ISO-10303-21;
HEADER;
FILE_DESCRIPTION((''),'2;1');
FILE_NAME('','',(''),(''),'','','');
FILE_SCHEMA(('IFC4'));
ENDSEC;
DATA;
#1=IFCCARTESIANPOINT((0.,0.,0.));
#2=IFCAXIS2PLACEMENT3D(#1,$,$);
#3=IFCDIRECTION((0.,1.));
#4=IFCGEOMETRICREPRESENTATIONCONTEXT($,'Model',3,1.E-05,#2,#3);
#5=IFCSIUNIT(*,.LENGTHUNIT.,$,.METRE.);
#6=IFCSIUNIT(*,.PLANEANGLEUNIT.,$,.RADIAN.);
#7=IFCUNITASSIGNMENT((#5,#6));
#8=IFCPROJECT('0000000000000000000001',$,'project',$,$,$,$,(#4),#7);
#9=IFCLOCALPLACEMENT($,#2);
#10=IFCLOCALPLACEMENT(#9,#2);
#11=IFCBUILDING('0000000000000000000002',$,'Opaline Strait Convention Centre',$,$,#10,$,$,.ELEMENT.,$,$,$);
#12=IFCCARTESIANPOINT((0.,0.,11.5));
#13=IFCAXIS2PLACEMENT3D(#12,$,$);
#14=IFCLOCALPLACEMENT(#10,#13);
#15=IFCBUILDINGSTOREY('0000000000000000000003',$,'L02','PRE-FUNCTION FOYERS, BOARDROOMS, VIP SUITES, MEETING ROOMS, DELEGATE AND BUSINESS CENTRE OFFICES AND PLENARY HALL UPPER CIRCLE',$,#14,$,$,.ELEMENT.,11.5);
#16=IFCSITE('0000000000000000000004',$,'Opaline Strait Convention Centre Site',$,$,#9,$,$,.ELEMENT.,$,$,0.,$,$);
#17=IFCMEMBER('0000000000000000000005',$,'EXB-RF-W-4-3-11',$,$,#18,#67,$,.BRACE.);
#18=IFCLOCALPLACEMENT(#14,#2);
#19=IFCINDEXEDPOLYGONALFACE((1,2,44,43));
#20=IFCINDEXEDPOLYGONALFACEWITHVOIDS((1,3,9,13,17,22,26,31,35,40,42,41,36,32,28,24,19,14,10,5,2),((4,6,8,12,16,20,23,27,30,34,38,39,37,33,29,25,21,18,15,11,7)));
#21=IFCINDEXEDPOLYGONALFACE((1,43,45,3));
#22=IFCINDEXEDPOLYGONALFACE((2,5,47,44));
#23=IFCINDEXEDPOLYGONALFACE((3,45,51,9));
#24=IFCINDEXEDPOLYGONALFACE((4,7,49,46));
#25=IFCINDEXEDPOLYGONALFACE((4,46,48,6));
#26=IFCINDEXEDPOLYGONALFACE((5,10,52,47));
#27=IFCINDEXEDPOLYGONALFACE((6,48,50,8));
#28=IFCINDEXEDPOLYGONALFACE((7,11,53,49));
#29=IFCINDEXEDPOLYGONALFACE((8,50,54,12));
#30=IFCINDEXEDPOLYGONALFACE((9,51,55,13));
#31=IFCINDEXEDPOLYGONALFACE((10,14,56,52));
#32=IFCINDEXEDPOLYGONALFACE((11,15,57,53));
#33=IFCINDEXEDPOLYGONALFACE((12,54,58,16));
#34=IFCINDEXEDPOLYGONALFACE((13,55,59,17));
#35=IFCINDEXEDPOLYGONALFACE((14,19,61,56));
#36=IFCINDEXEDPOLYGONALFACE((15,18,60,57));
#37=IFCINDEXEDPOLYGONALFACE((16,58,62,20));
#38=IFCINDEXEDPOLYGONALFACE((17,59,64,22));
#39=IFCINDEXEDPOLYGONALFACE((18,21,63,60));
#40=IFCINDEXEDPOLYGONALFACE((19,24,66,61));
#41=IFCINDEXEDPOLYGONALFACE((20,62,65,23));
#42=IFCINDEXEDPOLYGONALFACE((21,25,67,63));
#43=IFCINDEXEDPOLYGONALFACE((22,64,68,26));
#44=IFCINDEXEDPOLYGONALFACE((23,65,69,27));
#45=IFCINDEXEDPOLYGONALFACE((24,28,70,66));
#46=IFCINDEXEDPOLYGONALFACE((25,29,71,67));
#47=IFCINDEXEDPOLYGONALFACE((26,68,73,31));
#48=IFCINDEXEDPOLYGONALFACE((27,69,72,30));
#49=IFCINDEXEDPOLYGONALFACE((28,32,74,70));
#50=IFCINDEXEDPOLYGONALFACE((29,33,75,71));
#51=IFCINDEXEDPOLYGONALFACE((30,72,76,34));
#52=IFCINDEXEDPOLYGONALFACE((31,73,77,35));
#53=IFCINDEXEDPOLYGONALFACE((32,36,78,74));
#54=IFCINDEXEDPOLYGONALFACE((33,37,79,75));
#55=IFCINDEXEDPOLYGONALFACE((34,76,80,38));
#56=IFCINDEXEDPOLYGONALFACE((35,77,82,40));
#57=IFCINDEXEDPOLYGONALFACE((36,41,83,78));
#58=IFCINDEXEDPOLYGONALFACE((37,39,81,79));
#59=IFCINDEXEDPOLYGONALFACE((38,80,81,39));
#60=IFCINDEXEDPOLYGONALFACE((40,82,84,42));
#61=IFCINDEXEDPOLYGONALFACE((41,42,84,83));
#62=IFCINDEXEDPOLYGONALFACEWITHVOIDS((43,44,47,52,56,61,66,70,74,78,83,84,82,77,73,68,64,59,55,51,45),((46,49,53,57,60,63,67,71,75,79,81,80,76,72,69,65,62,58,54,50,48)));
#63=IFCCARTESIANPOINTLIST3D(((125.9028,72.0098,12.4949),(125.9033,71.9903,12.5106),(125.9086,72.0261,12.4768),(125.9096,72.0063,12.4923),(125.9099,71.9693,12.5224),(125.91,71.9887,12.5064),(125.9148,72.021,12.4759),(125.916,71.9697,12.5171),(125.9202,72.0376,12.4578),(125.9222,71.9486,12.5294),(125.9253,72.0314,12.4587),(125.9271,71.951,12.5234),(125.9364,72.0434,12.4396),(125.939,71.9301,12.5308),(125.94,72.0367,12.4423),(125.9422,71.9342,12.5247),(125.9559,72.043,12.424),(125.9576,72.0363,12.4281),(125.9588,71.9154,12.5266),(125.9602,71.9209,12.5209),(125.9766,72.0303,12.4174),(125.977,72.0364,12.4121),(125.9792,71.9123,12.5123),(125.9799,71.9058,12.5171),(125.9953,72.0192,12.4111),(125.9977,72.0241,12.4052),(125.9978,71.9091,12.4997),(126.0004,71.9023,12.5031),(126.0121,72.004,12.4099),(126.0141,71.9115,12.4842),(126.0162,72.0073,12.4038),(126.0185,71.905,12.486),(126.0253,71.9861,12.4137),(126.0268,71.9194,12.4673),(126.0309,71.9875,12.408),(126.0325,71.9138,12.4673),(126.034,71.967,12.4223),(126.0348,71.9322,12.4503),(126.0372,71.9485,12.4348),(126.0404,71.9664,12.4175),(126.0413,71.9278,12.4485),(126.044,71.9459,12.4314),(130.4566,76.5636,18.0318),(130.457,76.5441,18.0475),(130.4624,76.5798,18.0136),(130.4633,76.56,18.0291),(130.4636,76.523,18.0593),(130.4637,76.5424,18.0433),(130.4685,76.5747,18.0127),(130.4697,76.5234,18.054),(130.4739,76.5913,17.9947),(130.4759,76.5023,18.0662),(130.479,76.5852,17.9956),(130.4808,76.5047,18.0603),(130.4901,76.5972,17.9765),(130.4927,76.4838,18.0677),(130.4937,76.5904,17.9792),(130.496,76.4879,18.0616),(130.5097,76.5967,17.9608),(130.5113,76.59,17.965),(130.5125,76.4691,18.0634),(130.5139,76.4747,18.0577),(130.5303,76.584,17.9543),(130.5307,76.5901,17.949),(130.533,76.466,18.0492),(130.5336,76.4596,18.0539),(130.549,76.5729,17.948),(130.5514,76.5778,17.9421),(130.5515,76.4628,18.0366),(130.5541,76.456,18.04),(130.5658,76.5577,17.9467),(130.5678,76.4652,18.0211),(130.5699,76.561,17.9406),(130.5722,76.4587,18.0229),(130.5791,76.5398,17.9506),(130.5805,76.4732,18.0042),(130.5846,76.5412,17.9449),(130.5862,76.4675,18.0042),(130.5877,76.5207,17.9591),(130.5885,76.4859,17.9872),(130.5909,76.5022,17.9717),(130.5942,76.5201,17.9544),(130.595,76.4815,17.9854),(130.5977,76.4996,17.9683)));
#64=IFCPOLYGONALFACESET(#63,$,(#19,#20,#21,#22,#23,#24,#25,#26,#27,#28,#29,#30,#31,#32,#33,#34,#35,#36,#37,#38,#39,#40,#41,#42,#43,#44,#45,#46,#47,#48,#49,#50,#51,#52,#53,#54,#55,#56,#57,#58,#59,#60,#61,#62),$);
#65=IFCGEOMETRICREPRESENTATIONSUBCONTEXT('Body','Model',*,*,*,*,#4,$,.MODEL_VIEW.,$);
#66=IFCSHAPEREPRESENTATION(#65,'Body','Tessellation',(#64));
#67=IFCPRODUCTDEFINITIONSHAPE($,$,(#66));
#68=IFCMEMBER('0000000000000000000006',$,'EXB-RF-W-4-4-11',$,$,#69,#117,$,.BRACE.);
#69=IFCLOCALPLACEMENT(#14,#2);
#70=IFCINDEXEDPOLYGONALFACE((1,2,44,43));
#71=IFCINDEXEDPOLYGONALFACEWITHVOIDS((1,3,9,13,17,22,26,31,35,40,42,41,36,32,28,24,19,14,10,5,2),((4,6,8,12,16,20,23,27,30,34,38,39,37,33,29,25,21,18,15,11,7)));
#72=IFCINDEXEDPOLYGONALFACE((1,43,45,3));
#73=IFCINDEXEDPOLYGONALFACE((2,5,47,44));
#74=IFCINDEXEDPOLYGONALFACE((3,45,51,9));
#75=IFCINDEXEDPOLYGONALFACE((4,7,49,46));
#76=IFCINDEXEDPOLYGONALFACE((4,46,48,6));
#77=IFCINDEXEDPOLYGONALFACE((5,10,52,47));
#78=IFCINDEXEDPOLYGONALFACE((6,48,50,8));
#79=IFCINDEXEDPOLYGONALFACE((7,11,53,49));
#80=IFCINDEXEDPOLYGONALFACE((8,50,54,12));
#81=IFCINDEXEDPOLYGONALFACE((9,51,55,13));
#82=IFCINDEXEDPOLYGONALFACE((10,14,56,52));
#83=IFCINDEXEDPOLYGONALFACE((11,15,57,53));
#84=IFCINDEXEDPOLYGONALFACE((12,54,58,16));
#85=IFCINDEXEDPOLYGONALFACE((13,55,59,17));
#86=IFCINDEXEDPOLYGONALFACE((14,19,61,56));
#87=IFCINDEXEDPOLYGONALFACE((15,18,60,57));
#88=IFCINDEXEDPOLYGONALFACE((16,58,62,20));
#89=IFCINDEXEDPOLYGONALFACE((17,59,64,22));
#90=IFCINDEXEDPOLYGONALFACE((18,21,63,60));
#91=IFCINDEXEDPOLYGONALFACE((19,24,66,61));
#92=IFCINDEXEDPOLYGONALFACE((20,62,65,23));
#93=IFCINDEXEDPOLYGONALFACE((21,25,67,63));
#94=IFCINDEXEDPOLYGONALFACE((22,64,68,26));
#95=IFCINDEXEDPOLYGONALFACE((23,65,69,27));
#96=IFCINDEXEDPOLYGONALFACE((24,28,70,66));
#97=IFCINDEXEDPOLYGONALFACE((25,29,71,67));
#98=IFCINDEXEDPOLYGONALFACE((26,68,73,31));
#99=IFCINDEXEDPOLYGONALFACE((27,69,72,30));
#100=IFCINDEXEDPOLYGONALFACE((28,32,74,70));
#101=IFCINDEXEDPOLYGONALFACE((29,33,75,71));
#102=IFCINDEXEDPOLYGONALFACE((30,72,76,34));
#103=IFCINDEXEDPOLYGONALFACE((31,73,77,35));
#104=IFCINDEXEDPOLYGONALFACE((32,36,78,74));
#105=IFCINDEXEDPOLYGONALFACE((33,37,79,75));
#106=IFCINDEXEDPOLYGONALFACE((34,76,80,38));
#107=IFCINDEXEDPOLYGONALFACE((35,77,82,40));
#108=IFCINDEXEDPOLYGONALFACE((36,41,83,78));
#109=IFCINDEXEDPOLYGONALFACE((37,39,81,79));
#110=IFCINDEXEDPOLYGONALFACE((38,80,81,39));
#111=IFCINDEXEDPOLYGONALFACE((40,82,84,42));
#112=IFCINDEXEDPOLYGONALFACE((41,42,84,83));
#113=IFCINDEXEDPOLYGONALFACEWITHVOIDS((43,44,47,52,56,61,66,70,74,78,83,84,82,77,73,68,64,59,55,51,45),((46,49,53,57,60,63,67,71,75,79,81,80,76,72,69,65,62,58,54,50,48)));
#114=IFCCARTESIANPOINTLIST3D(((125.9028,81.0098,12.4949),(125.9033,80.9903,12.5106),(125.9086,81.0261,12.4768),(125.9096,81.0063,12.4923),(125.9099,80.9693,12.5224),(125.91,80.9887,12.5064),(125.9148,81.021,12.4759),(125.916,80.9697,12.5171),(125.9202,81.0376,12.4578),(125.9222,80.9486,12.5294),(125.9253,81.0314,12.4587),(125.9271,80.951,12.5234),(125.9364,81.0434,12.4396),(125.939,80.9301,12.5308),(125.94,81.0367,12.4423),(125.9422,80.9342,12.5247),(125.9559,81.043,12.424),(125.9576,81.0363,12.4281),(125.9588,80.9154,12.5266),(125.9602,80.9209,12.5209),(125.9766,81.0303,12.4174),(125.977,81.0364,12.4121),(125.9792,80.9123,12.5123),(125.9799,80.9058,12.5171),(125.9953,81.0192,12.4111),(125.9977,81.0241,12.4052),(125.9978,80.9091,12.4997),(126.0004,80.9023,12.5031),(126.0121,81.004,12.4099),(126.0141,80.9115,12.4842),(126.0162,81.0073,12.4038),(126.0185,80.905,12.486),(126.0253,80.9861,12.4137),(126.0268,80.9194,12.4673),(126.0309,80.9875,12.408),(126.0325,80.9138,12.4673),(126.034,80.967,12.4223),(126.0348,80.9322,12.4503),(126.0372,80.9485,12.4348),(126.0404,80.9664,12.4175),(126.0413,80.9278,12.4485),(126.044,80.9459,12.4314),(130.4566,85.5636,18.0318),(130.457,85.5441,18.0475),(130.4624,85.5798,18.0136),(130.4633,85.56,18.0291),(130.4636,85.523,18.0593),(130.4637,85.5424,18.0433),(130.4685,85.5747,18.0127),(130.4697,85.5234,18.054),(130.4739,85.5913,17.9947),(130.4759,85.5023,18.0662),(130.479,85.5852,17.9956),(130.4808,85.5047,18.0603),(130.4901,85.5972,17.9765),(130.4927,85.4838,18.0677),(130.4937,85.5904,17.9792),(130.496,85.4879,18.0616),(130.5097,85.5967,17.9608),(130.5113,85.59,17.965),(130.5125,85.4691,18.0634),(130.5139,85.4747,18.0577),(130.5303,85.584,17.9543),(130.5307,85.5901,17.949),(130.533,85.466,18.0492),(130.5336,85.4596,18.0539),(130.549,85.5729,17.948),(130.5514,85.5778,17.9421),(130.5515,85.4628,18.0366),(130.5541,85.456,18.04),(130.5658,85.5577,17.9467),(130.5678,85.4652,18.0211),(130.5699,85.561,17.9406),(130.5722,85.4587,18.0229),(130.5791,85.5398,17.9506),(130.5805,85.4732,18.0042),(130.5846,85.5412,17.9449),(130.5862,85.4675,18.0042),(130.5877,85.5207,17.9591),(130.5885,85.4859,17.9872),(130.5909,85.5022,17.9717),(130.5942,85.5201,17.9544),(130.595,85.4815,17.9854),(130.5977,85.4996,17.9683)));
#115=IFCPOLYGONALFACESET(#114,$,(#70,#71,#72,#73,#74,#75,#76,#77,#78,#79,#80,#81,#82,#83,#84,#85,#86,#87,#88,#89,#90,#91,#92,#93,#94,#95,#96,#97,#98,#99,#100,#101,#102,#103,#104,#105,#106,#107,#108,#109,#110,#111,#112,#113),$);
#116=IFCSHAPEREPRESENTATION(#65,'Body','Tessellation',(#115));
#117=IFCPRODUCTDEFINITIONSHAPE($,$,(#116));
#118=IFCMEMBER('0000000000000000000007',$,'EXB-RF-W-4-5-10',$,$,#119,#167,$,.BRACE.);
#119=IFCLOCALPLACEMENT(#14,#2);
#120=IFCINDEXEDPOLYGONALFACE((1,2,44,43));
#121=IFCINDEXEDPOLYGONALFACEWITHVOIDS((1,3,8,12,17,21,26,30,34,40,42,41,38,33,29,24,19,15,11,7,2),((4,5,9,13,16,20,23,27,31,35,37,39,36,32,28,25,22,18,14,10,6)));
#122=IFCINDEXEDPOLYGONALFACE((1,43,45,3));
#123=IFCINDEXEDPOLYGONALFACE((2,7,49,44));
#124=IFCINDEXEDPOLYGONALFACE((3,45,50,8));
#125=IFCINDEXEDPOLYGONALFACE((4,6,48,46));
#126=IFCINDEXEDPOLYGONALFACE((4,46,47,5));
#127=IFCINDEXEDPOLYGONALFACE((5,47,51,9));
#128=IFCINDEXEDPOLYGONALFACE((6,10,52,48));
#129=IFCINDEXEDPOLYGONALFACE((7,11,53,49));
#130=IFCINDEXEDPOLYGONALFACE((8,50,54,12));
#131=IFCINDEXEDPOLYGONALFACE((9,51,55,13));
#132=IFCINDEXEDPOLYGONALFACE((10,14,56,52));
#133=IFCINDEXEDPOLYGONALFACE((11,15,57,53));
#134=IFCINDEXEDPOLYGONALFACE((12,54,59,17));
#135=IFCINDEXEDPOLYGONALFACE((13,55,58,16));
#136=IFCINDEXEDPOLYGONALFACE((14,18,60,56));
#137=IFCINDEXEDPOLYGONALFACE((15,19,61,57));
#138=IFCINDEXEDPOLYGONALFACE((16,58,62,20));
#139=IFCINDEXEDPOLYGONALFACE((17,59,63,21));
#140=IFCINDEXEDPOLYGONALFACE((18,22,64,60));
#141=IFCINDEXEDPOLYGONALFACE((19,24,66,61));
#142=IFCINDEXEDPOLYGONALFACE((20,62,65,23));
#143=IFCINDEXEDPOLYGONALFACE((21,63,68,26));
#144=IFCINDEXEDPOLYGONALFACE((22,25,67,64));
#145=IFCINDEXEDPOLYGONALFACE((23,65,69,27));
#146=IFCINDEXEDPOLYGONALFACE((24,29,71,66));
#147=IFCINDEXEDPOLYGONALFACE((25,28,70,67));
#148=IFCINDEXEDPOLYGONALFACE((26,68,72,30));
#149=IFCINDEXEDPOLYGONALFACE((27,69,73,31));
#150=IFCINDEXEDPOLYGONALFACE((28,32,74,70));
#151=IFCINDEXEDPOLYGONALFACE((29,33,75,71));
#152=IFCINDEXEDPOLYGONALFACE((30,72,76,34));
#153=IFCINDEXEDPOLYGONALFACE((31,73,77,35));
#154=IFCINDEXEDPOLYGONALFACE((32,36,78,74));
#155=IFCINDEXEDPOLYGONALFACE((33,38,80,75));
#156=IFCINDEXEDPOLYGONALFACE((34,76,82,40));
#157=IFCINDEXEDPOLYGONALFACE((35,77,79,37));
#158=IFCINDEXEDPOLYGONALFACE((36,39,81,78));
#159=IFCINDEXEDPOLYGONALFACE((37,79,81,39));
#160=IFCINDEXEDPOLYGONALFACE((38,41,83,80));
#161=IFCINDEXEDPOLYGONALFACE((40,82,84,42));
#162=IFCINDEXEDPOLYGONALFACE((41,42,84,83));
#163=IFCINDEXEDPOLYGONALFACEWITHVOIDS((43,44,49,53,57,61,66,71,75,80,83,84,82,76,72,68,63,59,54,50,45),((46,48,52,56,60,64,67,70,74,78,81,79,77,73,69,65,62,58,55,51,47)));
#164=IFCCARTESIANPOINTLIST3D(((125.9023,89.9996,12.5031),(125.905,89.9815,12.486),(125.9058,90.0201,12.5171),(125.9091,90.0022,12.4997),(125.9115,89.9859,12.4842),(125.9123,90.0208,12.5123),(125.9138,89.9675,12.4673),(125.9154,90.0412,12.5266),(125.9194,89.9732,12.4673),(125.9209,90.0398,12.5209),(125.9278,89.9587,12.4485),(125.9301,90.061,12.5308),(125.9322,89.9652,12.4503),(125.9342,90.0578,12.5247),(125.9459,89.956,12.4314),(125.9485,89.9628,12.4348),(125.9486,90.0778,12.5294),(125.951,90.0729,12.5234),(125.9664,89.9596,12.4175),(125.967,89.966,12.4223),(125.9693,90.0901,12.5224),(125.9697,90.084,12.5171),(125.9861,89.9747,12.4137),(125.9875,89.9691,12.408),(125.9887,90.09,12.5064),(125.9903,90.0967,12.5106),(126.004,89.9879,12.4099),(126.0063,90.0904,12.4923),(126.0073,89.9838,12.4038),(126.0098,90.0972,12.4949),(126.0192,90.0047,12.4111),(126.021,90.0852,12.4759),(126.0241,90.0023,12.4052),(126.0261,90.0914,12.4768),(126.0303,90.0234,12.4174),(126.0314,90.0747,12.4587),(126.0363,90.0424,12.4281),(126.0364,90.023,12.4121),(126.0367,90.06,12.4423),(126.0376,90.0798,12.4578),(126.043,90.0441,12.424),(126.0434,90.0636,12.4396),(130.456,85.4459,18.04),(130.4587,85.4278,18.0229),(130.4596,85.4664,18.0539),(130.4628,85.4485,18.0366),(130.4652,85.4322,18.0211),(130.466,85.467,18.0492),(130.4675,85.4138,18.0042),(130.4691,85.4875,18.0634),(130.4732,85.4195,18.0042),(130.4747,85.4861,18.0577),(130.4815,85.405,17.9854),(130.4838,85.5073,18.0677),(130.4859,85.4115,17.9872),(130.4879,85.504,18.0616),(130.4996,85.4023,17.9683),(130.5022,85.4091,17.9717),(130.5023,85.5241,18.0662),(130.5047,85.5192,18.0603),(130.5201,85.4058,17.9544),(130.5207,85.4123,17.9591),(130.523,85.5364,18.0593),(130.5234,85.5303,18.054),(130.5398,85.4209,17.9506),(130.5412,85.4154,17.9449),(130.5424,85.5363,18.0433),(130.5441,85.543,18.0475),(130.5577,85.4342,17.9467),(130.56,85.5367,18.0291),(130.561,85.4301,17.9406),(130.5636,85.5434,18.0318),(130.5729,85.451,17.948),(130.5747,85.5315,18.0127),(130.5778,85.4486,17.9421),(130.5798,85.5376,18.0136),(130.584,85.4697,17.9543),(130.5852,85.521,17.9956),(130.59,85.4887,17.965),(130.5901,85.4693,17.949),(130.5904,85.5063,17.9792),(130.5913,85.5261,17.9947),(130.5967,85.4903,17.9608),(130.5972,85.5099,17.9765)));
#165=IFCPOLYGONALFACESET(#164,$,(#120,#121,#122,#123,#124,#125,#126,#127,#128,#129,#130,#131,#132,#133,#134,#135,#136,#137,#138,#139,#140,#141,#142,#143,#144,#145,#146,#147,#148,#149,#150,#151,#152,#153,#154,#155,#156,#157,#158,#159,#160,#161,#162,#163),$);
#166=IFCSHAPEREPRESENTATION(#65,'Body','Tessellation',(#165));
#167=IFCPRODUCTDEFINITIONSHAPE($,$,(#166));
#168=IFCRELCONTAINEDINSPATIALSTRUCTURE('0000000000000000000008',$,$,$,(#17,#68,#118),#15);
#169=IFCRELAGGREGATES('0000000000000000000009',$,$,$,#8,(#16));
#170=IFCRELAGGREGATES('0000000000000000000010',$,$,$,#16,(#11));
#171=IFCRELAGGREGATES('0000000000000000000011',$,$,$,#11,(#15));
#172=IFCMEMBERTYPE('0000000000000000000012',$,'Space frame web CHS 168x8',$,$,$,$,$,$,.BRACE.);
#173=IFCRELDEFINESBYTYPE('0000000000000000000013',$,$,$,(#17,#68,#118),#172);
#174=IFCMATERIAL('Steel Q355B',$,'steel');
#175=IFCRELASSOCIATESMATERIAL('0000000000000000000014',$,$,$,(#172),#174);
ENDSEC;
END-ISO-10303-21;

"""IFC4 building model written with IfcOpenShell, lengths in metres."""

from ifc_helpers import new_model, si_unit, direction, frame, origin, origin_2d, place, context, subcontext, project, spatial, hollow_circle, extrude, material, material_profile, profile_set, type_object, element, save


model = new_model("IFC4")

# Units and contexts
model_context = context("Model", 3, precision=1e-05, world=origin(), true_north=direction((0.0, 1.0)))
body_context = subcontext(model_context, "Body", "Model", "MODEL_VIEW")
ifc_project = project(units=[si_unit("LENGTHUNIT", "METRE"), si_unit("PLANEANGLEUNIT", "RADIAN")], contexts=[model_context])

# Site, building, storey
site_placement = place(None, origin())
site = spatial("IfcSite", under=ifc_project, at=site_placement, Name="Opaline Strait Convention Centre Site", CompositionType="ELEMENT", RefElevation=0.0)
building_placement = place(site_placement, origin())
building = spatial("IfcBuilding", under=site, at=building_placement, Name="Opaline Strait Convention Centre", CompositionType="ELEMENT")
storey_placement = place(building_placement, frame((0.0, 0.0, 11.5)))
storey = spatial("IfcBuildingStorey", under=building, at=storey_placement, Name="L02", Description="PRE-FUNCTION FOYERS, BOARDROOMS, VIP SUITES, MEETING ROOMS, DELEGATE AND BUSINESS CENTRE OFFICES AND PLENARY HALL UPPER CIRCLE", CompositionType="ELEMENT", Elevation=11.5)

# Members
ifc_material = material(Name="Steel Q355B", Category="steel")
ifc_material_profile_1 = material_profile(ifc_material, hollow_circle(Radius=0.084, WallThickness=0.0081, at=origin_2d()), Name="CHS 168x8")
ifc_profile_set_1 = profile_set([ifc_material_profile_1], Name="Steel Q355B")
member_type_1 = type_object("IfcMemberType", Name="Space frame web CHS 168x8", PredefinedType="BRACE", material=ifc_profile_set_1)
for number, where, z_axis, x_axis, name in (
    (1, (130.5269, 76.5269, 18.0042), (-0.536178, -0.536178, -0.65194), (0.707107, -0.707107, 0.0), "EXB-RF-W-4-3-11"),
    (2, (130.5269, 85.5269, 18.0042), (-0.536178, -0.536178, -0.65194), (0.707107, -0.707107, 0.0), "EXB-RF-W-4-4-11"),
    (3, (130.5269, 85.4731, 18.0042), (-0.536178, 0.536178, -0.65194), (-0.707107, -0.707107, 0.0), "EXB-RF-W-4-5-10"),
):
    element("IfcMember", number, at=place(storey_placement, frame(where, z_axis=z_axis, x_axis=x_axis)), inside=storey, type_object=member_type_1, Name=name, PredefinedType="BRACE", context=body_context, shape_type="SweptSolid", body=[
        extrude(hollow_circle(Radius=0.084, WallThickness=0.0081, at=origin_2d()), origin(), (0.0, 0.0, 1.0), 8.4929),
    ])

save(model, "model.ifc")
